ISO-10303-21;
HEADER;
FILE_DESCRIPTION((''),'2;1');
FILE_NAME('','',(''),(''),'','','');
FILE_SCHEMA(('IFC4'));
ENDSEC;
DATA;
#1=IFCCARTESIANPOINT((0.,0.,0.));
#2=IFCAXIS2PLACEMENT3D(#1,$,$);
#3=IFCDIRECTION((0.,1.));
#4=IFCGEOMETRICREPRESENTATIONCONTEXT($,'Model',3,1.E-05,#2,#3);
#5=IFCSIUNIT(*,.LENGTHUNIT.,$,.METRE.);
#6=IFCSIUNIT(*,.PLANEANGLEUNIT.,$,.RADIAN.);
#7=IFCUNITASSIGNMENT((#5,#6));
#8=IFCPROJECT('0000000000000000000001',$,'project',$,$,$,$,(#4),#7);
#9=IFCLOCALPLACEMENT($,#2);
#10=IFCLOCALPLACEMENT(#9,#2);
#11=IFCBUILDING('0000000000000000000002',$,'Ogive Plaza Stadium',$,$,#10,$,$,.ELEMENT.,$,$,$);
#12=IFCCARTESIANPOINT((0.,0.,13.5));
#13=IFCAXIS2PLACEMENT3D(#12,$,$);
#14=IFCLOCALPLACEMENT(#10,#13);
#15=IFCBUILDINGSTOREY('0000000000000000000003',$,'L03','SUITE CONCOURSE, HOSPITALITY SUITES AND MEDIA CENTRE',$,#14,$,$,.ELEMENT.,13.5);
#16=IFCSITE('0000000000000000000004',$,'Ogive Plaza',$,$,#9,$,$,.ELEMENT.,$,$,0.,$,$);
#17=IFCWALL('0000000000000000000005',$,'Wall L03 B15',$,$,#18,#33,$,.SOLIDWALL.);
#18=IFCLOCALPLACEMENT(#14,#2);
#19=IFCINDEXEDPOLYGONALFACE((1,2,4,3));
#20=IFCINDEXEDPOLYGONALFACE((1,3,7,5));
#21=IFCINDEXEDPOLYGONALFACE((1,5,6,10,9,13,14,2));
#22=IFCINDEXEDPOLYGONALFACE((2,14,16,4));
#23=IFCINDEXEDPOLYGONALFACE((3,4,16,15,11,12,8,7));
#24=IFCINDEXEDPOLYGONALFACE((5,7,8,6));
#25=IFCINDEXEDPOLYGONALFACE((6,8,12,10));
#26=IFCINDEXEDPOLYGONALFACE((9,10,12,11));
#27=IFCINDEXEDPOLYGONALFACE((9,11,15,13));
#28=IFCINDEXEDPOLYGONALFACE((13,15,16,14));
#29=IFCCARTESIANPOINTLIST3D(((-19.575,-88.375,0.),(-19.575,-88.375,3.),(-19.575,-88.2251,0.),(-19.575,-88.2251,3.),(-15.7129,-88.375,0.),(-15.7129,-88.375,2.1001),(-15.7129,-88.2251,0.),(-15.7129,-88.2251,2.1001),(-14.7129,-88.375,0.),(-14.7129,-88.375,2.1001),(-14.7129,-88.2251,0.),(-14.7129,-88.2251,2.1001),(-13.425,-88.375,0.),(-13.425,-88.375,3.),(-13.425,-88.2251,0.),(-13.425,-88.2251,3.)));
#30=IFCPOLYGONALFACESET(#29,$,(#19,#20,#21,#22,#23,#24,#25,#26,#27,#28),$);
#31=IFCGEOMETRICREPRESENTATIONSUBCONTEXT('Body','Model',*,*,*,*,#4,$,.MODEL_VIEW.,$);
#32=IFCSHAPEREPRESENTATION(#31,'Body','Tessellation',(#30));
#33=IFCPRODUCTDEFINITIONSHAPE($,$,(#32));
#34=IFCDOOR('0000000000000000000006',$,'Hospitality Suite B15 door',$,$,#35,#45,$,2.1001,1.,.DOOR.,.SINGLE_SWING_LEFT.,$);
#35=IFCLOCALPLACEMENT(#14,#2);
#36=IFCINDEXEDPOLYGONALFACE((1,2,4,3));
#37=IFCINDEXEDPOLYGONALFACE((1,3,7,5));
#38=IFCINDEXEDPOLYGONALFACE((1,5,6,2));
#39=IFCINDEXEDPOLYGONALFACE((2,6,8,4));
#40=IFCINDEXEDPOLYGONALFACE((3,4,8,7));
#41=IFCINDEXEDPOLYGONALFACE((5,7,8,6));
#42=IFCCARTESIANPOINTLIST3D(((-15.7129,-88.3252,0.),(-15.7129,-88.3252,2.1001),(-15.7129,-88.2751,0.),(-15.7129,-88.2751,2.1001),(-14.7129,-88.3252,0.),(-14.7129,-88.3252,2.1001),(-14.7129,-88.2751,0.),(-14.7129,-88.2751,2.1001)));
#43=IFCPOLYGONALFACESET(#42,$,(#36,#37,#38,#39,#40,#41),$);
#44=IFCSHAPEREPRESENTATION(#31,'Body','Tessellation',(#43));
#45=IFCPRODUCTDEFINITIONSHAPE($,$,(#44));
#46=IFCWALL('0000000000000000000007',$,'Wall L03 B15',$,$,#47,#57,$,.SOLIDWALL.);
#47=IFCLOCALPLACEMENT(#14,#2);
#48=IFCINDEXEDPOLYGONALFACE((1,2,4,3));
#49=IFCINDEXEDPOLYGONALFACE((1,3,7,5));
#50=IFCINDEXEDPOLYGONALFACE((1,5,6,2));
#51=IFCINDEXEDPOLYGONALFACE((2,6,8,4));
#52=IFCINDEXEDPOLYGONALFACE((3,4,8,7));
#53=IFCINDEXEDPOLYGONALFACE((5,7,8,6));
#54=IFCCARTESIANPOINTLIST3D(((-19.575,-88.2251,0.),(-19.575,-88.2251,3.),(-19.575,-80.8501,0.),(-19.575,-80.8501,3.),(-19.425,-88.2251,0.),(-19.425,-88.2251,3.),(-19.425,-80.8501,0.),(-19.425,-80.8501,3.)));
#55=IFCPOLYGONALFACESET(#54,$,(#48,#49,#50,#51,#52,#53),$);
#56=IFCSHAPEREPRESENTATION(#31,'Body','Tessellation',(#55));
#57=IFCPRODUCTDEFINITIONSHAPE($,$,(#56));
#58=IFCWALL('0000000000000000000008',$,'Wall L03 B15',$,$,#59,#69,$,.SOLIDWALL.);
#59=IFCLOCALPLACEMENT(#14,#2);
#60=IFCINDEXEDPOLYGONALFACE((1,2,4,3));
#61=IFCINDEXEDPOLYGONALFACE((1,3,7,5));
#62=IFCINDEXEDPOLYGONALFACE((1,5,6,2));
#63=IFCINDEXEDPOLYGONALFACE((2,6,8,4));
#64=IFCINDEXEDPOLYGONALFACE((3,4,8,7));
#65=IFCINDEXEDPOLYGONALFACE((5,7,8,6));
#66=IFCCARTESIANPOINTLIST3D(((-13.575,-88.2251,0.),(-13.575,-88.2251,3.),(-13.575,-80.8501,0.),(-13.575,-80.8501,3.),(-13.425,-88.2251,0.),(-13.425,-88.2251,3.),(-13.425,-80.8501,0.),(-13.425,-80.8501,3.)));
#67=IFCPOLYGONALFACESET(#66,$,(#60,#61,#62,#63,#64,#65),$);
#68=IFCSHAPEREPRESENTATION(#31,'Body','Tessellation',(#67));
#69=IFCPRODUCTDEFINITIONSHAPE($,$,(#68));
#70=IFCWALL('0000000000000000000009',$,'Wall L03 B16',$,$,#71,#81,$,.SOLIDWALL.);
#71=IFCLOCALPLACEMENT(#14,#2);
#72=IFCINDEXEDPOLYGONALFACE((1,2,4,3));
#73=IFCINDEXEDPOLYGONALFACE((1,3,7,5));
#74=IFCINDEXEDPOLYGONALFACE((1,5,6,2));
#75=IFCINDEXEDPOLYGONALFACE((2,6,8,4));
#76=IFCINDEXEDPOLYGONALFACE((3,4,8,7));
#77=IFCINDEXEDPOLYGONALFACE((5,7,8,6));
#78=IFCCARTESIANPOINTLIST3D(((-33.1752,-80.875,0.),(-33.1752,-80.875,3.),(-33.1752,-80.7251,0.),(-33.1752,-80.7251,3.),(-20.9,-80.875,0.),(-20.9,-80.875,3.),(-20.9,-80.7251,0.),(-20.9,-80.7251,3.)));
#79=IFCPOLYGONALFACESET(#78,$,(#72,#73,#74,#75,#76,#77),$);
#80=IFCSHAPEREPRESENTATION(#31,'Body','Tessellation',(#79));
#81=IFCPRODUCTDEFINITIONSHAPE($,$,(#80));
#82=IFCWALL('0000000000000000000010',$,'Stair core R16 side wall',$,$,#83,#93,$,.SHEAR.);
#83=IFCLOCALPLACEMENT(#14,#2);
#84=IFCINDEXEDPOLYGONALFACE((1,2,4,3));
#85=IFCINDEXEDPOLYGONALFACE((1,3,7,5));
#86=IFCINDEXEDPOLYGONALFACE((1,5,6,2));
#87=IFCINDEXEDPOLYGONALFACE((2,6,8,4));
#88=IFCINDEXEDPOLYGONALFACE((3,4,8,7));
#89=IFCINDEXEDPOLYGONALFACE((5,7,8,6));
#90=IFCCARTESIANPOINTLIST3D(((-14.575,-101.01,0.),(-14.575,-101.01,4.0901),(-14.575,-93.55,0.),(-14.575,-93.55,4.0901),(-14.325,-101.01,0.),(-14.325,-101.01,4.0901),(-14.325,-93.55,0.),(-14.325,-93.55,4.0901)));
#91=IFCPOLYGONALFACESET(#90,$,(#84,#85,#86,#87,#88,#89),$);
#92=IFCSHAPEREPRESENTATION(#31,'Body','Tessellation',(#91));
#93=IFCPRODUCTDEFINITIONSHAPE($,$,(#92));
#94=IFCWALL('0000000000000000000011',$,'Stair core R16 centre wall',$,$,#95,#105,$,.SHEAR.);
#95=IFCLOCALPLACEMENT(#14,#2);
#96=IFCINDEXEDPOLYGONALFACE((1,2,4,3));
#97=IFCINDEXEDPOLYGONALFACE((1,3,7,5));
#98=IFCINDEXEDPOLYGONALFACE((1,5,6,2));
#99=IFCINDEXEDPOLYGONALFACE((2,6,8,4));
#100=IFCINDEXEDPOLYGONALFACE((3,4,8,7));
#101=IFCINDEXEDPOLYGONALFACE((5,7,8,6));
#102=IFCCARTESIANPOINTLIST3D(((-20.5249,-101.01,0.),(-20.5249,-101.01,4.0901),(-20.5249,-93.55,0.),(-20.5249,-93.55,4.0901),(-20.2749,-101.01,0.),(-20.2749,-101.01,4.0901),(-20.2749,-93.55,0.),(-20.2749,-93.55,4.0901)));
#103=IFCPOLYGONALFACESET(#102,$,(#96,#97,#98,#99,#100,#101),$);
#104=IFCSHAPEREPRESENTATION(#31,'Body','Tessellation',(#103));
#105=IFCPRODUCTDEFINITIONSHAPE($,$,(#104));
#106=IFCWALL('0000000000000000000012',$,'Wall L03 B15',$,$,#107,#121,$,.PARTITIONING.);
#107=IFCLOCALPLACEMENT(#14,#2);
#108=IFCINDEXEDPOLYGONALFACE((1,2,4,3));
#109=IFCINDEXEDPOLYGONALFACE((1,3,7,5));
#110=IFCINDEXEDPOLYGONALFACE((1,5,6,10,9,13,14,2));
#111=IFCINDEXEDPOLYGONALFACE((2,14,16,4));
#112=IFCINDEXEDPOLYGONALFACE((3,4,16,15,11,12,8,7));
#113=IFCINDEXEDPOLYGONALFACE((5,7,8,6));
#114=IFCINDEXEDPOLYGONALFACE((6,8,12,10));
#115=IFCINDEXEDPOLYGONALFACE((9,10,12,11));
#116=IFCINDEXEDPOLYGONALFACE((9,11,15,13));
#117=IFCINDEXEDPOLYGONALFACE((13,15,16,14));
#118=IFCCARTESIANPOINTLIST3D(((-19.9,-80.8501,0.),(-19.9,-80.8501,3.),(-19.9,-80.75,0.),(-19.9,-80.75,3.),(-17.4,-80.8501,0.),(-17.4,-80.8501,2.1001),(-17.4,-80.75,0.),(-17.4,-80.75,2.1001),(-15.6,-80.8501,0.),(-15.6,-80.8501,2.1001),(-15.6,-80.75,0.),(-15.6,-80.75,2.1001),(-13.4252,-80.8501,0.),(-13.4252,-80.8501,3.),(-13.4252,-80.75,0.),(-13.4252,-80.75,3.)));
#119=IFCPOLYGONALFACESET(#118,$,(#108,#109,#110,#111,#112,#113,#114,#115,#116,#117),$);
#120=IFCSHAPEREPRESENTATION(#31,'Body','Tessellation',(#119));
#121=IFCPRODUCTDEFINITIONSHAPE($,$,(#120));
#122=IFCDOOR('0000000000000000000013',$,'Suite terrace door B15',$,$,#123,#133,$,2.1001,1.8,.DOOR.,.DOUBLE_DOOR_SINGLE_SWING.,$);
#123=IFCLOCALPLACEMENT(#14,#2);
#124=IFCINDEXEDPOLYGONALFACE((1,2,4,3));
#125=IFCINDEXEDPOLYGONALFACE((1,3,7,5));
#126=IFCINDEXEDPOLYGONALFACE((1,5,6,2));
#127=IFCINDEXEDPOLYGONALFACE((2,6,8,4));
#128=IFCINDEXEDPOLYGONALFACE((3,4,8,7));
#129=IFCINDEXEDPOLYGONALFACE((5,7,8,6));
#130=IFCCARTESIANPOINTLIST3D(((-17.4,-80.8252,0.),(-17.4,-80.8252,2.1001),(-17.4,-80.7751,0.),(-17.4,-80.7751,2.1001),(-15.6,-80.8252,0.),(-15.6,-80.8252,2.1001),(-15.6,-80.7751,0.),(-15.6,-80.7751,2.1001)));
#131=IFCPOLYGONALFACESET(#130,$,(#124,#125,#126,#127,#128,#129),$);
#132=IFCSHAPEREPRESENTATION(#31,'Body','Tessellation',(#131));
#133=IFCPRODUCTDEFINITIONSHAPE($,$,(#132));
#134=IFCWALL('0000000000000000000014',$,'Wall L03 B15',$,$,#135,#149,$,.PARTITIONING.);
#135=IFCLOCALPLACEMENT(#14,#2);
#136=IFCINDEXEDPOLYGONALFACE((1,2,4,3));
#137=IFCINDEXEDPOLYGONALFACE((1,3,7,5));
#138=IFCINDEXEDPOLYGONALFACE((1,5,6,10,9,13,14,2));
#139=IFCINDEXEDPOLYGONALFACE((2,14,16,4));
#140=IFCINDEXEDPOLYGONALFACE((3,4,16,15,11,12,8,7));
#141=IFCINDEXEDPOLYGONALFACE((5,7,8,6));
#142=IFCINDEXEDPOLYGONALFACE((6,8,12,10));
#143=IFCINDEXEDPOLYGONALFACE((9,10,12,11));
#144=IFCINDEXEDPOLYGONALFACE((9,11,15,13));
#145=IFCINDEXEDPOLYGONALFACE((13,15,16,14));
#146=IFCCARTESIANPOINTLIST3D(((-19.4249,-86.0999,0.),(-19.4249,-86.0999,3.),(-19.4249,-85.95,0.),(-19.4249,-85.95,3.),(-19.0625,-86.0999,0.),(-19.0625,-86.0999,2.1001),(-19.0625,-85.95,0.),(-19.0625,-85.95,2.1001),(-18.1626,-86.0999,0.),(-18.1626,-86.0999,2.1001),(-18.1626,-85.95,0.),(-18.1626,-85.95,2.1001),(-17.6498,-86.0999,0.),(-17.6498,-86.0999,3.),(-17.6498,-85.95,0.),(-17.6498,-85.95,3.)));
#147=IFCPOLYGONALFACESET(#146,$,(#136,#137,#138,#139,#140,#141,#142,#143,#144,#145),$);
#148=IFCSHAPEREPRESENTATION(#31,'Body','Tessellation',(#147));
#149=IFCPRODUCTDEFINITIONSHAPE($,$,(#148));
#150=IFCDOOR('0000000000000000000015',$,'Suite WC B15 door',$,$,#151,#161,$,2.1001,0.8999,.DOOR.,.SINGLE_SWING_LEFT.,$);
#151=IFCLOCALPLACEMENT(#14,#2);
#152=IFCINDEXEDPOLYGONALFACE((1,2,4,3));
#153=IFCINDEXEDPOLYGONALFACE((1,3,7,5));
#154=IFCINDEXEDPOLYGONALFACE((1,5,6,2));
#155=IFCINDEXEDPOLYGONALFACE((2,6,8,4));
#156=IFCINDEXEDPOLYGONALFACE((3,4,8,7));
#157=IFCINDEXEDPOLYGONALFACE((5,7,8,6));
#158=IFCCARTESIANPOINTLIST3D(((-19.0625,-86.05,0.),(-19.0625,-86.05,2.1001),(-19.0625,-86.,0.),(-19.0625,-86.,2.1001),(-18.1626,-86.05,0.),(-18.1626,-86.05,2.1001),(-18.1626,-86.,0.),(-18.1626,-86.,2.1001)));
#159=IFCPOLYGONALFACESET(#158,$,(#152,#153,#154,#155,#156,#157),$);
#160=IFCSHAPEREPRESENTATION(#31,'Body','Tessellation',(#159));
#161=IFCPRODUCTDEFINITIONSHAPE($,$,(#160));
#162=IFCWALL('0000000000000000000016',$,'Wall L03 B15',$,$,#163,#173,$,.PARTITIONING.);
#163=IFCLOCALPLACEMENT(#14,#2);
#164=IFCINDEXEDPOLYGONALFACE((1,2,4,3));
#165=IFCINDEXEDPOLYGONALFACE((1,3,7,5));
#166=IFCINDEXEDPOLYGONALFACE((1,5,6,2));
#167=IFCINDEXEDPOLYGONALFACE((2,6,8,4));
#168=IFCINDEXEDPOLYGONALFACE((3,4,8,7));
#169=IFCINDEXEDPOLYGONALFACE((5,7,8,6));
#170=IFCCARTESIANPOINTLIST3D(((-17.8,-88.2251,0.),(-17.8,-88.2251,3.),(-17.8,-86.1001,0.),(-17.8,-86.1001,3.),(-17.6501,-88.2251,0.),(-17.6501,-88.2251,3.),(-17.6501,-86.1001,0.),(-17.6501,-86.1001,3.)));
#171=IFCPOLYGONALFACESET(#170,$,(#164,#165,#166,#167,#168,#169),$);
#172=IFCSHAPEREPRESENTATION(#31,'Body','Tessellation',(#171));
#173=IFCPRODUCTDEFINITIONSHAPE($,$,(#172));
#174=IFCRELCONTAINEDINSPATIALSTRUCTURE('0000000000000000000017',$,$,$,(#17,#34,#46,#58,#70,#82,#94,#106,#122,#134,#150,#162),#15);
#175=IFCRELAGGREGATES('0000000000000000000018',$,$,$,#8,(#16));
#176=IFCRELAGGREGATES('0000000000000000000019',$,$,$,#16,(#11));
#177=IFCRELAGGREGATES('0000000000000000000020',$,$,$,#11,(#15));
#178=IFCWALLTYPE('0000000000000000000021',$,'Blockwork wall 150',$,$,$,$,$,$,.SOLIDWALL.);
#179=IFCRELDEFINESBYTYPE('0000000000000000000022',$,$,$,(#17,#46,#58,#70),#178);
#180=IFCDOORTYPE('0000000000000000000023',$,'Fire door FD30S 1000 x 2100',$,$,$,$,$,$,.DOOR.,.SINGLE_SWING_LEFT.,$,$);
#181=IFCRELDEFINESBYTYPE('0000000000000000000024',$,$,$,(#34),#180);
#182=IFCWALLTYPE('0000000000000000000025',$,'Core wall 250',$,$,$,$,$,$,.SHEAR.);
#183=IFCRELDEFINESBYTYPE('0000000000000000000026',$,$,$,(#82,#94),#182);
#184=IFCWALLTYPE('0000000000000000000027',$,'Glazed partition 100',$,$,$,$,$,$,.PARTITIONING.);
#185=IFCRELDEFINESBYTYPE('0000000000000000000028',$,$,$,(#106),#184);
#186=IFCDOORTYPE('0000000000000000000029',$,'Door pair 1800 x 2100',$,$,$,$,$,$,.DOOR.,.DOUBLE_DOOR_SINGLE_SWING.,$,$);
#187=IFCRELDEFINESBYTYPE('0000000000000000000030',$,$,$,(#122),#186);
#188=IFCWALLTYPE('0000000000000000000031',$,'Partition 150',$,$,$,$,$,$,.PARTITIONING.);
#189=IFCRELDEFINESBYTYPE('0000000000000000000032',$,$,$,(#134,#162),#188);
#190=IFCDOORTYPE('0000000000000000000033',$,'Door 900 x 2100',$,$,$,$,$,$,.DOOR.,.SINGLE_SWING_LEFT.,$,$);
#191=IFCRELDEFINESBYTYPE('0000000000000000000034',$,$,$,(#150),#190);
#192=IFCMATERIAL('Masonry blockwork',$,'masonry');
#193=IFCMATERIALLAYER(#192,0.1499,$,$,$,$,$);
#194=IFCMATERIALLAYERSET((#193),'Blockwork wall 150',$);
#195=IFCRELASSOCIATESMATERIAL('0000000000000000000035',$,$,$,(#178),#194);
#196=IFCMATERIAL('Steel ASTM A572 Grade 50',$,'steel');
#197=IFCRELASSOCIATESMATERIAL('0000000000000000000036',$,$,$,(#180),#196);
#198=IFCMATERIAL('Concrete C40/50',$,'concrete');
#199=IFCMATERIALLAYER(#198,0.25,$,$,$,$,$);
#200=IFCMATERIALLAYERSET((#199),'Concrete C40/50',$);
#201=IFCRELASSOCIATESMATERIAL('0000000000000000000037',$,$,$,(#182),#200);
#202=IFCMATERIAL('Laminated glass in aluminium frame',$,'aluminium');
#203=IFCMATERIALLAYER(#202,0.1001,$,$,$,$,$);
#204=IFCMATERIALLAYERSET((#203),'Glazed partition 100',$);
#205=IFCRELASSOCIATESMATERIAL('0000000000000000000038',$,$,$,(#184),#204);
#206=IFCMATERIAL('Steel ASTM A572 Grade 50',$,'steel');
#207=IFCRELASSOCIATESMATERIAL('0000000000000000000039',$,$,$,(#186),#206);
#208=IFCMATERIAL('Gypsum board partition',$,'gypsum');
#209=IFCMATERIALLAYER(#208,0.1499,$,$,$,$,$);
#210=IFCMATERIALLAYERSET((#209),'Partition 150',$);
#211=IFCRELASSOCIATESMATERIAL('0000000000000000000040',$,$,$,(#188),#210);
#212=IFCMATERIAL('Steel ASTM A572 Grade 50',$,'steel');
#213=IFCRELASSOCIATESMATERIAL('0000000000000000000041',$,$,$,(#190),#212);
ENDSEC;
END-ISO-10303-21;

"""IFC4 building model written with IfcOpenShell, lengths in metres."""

from ifc_helpers import new_model, si_unit, direction, frame, frame_2d, origin, place, context, subcontext, project, spatial, rectangle, extrude, material, layer, layer_set, type_object, element, fill, save


model = new_model("IFC4")

# Units and contexts
model_context = context("Model", 3, precision=1e-05, world=origin(), true_north=direction((0.0, 1.0)))
body_context = subcontext(model_context, "Body", "Model", "MODEL_VIEW")
ifc_project = project(units=[si_unit("LENGTHUNIT", "METRE"), si_unit("PLANEANGLEUNIT", "RADIAN")], contexts=[model_context])

# Site, building, storey
site_placement = place(None, origin())
site = spatial("IfcSite", under=ifc_project, at=site_placement, Name="Ogive Plaza", CompositionType="ELEMENT", RefElevation=0.0)
building_placement = place(site_placement, origin())
building = spatial("IfcBuilding", under=site, at=building_placement, Name="Ogive Plaza Stadium", CompositionType="ELEMENT")
storey_placement = place(building_placement, frame((0.0, 0.0, 13.5)))
storey = spatial("IfcBuildingStorey", under=building, at=storey_placement, Name="L03", Description="SUITE CONCOURSE, HOSPITALITY SUITES AND MEDIA CENTRE", CompositionType="ELEMENT", Elevation=13.5)

# Shared definitions
ifc_material_1 = material(Name="Masonry blockwork", Category="masonry")
ifc_layer_1 = layer(ifc_material_1, 0.1499)
ifc_layer_set_1 = layer_set([ifc_layer_1], Name="Blockwork wall 150")
wall_type_1 = type_object("IfcWallType", Name="Blockwork wall 150", PredefinedType="SOLIDWALL", material=ifc_layer_set_1)

# Wall, opening, door
wall_1_placement = place(storey_placement, frame((-19.575, -88.3, 0.0), z_axis=(0.0, 0.0, 1.0), x_axis=(1.0, 0.0, 0.0)))
wall_1 = element("IfcWall", 1, at=wall_1_placement, inside=storey, type_object=wall_type_1, Name="Wall L03 B15", PredefinedType="SOLIDWALL", context=body_context, shape_type="SweptSolid", body=[
    extrude(rectangle(XDim=6.1499, YDim=0.1499, at=frame_2d((3.075, 0.0))), origin(), (0.0, 0.0, 1.0), 3.0),
])
opening_1_placement = place(wall_1_placement, frame((3.8621, 0.0, 0.0)))
opening_1 = element("IfcOpeningElement", 2, at=opening_1_placement, cuts=wall_1, PredefinedType="OPENING", context=body_context, shape_type="SweptSolid", body=[
    extrude(rectangle(XDim=1.0, YDim=2.1001, at=frame_2d((0.5, 1.05))), frame((0.0, 0.075, 0.0), z_axis=(0.0, -1.0, 0.0), x_axis=(1.0, 0.0, 0.0)), (0.0, 0.0, 1.0), 0.1499),
])
ifc_material_2 = material(Name="Steel ASTM A572 Grade 50", Category="steel")
door_type_1 = type_object("IfcDoorType", Name="Fire door FD30S 1000 x 2100", OperationType="SINGLE_SWING_LEFT", PredefinedType="DOOR", material=ifc_material_2)
door_1_placement = place(opening_1_placement, origin())
door_1 = element("IfcDoor", 3, at=door_1_placement, inside=storey, type_object=door_type_1, Name="Hospitality Suite B15 door", OperationType="SINGLE_SWING_LEFT", OverallHeight=2.1001, OverallWidth=1.0, PredefinedType="DOOR", context=body_context, shape_type="SweptSolid", body=[
    extrude(rectangle(XDim=1.0, YDim=2.1001, at=frame_2d((0.5, 1.05))), frame((0.0, 0.0249, 0.0), z_axis=(0.0, -1.0, 0.0), x_axis=(1.0, 0.0, 0.0)), (0.0, 0.0, 1.0), 0.05),
])
fill(opening_1, door_1)

# Walls
for number, where, z_axis, x_axis, name in (
    (4, (-19.5, -80.8501, 0.0), (0.0, 0.0, 1.0), (0.0, -1.0, 0.0), "Wall L03 B15"),
    (5, (-13.5, -80.8501, 0.0), (0.0, 0.0, 1.0), (0.0, -1.0, 0.0), "Wall L03 B15"),
):
    element("IfcWall", number, at=place(storey_placement, frame(where, z_axis=z_axis, x_axis=x_axis)), inside=storey, type_object=wall_type_1, Name=name, PredefinedType="SOLIDWALL", context=body_context, shape_type="SweptSolid", body=[
        extrude(rectangle(XDim=7.375, YDim=0.1499, at=frame_2d((3.6875, 0.0))), origin(), (0.0, 0.0, 1.0), 3.0),
    ])
wall_2_placement = place(storey_placement, frame((-20.8999, -80.8, 0.0), z_axis=(0.0, 0.0, 1.0), x_axis=(-1.0, 0.0, 0.0)))
element("IfcWall", 6, at=wall_2_placement, inside=storey, type_object=wall_type_1, Name="Wall L03 B16", PredefinedType="SOLIDWALL", context=body_context, shape_type="SweptSolid", body=[
    extrude(rectangle(XDim=12.2751, YDim=0.1499, at=frame_2d((6.1377, 0.0))), origin(), (0.0, 0.0, 1.0), 3.0),
])
ifc_material_3 = material(Name="Concrete C40/50", Category="concrete")
ifc_layer_2 = layer(ifc_material_3, 0.25)
ifc_layer_set_2 = layer_set([ifc_layer_2], Name="Concrete C40/50")
wall_type_2 = type_object("IfcWallType", Name="Core wall 250", PredefinedType="SHEAR", material=ifc_layer_set_2)
for number, where, z_axis, x_axis, name in (
    (7, (-14.45, -93.55, 0.0), (0.0, 0.0, 1.0), (0.0, -1.0, 0.0), "Stair core R16 side wall"),
    (8, (-20.3999, -93.55, 0.0), (0.0, 0.0, 1.0), (0.0, -1.0, 0.0), "Stair core R16 centre wall"),
):
    element("IfcWall", number, at=place(storey_placement, frame(where, z_axis=z_axis, x_axis=x_axis)), inside=storey, type_object=wall_type_2, Name=name, PredefinedType="SHEAR", context=body_context, shape_type="SweptSolid", body=[
        extrude(rectangle(XDim=7.46, YDim=0.25, at=frame_2d((3.73, 0.0))), origin(), (0.0, 0.0, 1.0), 4.0901),
    ])

# Walls, openings, doors
ifc_material_4 = material(Name="Laminated glass in aluminium frame", Category="aluminium")
ifc_layer_3 = layer(ifc_material_4, 0.1001)
ifc_layer_set_3 = layer_set([ifc_layer_3], Name="Glazed partition 100")
wall_type_3 = type_object("IfcWallType", Name="Glazed partition 100", PredefinedType="PARTITIONING", material=ifc_layer_set_3)
wall_3_placement = place(storey_placement, frame((-19.8999, -80.8, 0.0), z_axis=(0.0, 0.0, 1.0), x_axis=(1.0, 0.0, 0.0)))
wall_3 = element("IfcWall", 9, at=wall_3_placement, inside=storey, type_object=wall_type_3, Name="Wall L03 B15", PredefinedType="PARTITIONING", context=body_context, shape_type="SweptSolid", body=[
    extrude(rectangle(XDim=6.4749, YDim=0.1001, at=frame_2d((3.2373, 0.0))), origin(), (0.0, 0.0, 1.0), 3.0),
])
opening_2_placement = place(wall_3_placement, frame((2.5, 0.0, 0.0)))
opening_2 = element("IfcOpeningElement", 10, at=opening_2_placement, cuts=wall_3, PredefinedType="OPENING", context=body_context, shape_type="SweptSolid", body=[
    extrude(rectangle(XDim=1.8, YDim=2.1001, at=frame_2d((0.8999, 1.05))), frame((0.0, 0.05, 0.0), z_axis=(0.0, -1.0, 0.0), x_axis=(1.0, 0.0, 0.0)), (0.0, 0.0, 1.0), 0.1001),
])
ifc_material_5 = material(Name="Steel ASTM A572 Grade 50", Category="steel")
door_type_2 = type_object("IfcDoorType", Name="Door pair 1800 x 2100", OperationType="DOUBLE_DOOR_SINGLE_SWING", PredefinedType="DOOR", material=ifc_material_5)
door_2_placement = place(opening_2_placement, origin())
door_2 = element("IfcDoor", 11, at=door_2_placement, inside=storey, type_object=door_type_2, Name="Suite terrace door B15", OperationType="DOUBLE_DOOR_SINGLE_SWING", OverallHeight=2.1001, OverallWidth=1.8, PredefinedType="DOOR", context=body_context, shape_type="SweptSolid", body=[
    extrude(rectangle(XDim=1.8, YDim=2.1001, at=frame_2d((0.8999, 1.05))), frame((0.0, 0.0249, 0.0), z_axis=(0.0, -1.0, 0.0), x_axis=(1.0, 0.0, 0.0)), (0.0, 0.0, 1.0), 0.05),
])
fill(opening_2, door_2)
ifc_material_6 = material(Name="Gypsum board partition", Category="gypsum")
ifc_layer_4 = layer(ifc_material_6, 0.1499)
ifc_layer_set_4 = layer_set([ifc_layer_4], Name="Partition 150")
wall_type_4 = type_object("IfcWallType", Name="Partition 150", PredefinedType="PARTITIONING", material=ifc_layer_set_4)
wall_4_placement = place(storey_placement, frame((-19.425, -86.0249, 0.0), z_axis=(0.0, 0.0, 1.0), x_axis=(1.0, 0.0, 0.0)))
wall_4 = element("IfcWall", 12, at=wall_4_placement, inside=storey, type_object=wall_type_4, Name="Wall L03 B15", PredefinedType="PARTITIONING", context=body_context, shape_type="SweptSolid", body=[
    extrude(rectangle(XDim=1.7751, YDim=0.1499, at=frame_2d((0.8877, 0.0))), origin(), (0.0, 0.0, 1.0), 3.0),
])
opening_3_placement = place(wall_4_placement, frame((0.3625, 0.0, 0.0)))
opening_3 = element("IfcOpeningElement", 13, at=opening_3_placement, cuts=wall_4, PredefinedType="OPENING", context=body_context, shape_type="SweptSolid", body=[
    extrude(rectangle(XDim=0.8999, YDim=2.1001, at=frame_2d((0.45, 1.05))), frame((0.0, 0.075, 0.0), z_axis=(0.0, -1.0, 0.0), x_axis=(1.0, 0.0, 0.0)), (0.0, 0.0, 1.0), 0.1499),
])
ifc_material_7 = material(Name="Steel ASTM A572 Grade 50", Category="steel")
door_type_3 = type_object("IfcDoorType", Name="Door 900 x 2100", OperationType="SINGLE_SWING_LEFT", PredefinedType="DOOR", material=ifc_material_7)
door_3_placement = place(opening_3_placement, origin())
door_3 = element("IfcDoor", 14, at=door_3_placement, inside=storey, type_object=door_type_3, Name="Suite WC B15 door", OperationType="SINGLE_SWING_LEFT", OverallHeight=2.1001, OverallWidth=0.8999, PredefinedType="DOOR", context=body_context, shape_type="SweptSolid", body=[
    extrude(rectangle(XDim=0.8999, YDim=2.1001, at=frame_2d((0.45, 1.05))), frame((0.0, 0.0249, 0.0), z_axis=(0.0, -1.0, 0.0), x_axis=(1.0, 0.0, 0.0)), (0.0, 0.0, 1.0), 0.05),
])
fill(opening_3, door_3)

# Wall
wall_5_placement = place(storey_placement, frame((-17.7251, -86.1001, 0.0), z_axis=(0.0, 0.0, 1.0), x_axis=(0.0, -1.0, 0.0)))
element("IfcWall", 15, at=wall_5_placement, inside=storey, type_object=wall_type_4, Name="Wall L03 B15", PredefinedType="PARTITIONING", context=body_context, shape_type="SweptSolid", body=[
    extrude(rectangle(XDim=2.125, YDim=0.1499, at=frame_2d((1.0625, 0.0))), origin(), (0.0, 0.0, 1.0), 3.0),
])

save(model, "model.ifc")
